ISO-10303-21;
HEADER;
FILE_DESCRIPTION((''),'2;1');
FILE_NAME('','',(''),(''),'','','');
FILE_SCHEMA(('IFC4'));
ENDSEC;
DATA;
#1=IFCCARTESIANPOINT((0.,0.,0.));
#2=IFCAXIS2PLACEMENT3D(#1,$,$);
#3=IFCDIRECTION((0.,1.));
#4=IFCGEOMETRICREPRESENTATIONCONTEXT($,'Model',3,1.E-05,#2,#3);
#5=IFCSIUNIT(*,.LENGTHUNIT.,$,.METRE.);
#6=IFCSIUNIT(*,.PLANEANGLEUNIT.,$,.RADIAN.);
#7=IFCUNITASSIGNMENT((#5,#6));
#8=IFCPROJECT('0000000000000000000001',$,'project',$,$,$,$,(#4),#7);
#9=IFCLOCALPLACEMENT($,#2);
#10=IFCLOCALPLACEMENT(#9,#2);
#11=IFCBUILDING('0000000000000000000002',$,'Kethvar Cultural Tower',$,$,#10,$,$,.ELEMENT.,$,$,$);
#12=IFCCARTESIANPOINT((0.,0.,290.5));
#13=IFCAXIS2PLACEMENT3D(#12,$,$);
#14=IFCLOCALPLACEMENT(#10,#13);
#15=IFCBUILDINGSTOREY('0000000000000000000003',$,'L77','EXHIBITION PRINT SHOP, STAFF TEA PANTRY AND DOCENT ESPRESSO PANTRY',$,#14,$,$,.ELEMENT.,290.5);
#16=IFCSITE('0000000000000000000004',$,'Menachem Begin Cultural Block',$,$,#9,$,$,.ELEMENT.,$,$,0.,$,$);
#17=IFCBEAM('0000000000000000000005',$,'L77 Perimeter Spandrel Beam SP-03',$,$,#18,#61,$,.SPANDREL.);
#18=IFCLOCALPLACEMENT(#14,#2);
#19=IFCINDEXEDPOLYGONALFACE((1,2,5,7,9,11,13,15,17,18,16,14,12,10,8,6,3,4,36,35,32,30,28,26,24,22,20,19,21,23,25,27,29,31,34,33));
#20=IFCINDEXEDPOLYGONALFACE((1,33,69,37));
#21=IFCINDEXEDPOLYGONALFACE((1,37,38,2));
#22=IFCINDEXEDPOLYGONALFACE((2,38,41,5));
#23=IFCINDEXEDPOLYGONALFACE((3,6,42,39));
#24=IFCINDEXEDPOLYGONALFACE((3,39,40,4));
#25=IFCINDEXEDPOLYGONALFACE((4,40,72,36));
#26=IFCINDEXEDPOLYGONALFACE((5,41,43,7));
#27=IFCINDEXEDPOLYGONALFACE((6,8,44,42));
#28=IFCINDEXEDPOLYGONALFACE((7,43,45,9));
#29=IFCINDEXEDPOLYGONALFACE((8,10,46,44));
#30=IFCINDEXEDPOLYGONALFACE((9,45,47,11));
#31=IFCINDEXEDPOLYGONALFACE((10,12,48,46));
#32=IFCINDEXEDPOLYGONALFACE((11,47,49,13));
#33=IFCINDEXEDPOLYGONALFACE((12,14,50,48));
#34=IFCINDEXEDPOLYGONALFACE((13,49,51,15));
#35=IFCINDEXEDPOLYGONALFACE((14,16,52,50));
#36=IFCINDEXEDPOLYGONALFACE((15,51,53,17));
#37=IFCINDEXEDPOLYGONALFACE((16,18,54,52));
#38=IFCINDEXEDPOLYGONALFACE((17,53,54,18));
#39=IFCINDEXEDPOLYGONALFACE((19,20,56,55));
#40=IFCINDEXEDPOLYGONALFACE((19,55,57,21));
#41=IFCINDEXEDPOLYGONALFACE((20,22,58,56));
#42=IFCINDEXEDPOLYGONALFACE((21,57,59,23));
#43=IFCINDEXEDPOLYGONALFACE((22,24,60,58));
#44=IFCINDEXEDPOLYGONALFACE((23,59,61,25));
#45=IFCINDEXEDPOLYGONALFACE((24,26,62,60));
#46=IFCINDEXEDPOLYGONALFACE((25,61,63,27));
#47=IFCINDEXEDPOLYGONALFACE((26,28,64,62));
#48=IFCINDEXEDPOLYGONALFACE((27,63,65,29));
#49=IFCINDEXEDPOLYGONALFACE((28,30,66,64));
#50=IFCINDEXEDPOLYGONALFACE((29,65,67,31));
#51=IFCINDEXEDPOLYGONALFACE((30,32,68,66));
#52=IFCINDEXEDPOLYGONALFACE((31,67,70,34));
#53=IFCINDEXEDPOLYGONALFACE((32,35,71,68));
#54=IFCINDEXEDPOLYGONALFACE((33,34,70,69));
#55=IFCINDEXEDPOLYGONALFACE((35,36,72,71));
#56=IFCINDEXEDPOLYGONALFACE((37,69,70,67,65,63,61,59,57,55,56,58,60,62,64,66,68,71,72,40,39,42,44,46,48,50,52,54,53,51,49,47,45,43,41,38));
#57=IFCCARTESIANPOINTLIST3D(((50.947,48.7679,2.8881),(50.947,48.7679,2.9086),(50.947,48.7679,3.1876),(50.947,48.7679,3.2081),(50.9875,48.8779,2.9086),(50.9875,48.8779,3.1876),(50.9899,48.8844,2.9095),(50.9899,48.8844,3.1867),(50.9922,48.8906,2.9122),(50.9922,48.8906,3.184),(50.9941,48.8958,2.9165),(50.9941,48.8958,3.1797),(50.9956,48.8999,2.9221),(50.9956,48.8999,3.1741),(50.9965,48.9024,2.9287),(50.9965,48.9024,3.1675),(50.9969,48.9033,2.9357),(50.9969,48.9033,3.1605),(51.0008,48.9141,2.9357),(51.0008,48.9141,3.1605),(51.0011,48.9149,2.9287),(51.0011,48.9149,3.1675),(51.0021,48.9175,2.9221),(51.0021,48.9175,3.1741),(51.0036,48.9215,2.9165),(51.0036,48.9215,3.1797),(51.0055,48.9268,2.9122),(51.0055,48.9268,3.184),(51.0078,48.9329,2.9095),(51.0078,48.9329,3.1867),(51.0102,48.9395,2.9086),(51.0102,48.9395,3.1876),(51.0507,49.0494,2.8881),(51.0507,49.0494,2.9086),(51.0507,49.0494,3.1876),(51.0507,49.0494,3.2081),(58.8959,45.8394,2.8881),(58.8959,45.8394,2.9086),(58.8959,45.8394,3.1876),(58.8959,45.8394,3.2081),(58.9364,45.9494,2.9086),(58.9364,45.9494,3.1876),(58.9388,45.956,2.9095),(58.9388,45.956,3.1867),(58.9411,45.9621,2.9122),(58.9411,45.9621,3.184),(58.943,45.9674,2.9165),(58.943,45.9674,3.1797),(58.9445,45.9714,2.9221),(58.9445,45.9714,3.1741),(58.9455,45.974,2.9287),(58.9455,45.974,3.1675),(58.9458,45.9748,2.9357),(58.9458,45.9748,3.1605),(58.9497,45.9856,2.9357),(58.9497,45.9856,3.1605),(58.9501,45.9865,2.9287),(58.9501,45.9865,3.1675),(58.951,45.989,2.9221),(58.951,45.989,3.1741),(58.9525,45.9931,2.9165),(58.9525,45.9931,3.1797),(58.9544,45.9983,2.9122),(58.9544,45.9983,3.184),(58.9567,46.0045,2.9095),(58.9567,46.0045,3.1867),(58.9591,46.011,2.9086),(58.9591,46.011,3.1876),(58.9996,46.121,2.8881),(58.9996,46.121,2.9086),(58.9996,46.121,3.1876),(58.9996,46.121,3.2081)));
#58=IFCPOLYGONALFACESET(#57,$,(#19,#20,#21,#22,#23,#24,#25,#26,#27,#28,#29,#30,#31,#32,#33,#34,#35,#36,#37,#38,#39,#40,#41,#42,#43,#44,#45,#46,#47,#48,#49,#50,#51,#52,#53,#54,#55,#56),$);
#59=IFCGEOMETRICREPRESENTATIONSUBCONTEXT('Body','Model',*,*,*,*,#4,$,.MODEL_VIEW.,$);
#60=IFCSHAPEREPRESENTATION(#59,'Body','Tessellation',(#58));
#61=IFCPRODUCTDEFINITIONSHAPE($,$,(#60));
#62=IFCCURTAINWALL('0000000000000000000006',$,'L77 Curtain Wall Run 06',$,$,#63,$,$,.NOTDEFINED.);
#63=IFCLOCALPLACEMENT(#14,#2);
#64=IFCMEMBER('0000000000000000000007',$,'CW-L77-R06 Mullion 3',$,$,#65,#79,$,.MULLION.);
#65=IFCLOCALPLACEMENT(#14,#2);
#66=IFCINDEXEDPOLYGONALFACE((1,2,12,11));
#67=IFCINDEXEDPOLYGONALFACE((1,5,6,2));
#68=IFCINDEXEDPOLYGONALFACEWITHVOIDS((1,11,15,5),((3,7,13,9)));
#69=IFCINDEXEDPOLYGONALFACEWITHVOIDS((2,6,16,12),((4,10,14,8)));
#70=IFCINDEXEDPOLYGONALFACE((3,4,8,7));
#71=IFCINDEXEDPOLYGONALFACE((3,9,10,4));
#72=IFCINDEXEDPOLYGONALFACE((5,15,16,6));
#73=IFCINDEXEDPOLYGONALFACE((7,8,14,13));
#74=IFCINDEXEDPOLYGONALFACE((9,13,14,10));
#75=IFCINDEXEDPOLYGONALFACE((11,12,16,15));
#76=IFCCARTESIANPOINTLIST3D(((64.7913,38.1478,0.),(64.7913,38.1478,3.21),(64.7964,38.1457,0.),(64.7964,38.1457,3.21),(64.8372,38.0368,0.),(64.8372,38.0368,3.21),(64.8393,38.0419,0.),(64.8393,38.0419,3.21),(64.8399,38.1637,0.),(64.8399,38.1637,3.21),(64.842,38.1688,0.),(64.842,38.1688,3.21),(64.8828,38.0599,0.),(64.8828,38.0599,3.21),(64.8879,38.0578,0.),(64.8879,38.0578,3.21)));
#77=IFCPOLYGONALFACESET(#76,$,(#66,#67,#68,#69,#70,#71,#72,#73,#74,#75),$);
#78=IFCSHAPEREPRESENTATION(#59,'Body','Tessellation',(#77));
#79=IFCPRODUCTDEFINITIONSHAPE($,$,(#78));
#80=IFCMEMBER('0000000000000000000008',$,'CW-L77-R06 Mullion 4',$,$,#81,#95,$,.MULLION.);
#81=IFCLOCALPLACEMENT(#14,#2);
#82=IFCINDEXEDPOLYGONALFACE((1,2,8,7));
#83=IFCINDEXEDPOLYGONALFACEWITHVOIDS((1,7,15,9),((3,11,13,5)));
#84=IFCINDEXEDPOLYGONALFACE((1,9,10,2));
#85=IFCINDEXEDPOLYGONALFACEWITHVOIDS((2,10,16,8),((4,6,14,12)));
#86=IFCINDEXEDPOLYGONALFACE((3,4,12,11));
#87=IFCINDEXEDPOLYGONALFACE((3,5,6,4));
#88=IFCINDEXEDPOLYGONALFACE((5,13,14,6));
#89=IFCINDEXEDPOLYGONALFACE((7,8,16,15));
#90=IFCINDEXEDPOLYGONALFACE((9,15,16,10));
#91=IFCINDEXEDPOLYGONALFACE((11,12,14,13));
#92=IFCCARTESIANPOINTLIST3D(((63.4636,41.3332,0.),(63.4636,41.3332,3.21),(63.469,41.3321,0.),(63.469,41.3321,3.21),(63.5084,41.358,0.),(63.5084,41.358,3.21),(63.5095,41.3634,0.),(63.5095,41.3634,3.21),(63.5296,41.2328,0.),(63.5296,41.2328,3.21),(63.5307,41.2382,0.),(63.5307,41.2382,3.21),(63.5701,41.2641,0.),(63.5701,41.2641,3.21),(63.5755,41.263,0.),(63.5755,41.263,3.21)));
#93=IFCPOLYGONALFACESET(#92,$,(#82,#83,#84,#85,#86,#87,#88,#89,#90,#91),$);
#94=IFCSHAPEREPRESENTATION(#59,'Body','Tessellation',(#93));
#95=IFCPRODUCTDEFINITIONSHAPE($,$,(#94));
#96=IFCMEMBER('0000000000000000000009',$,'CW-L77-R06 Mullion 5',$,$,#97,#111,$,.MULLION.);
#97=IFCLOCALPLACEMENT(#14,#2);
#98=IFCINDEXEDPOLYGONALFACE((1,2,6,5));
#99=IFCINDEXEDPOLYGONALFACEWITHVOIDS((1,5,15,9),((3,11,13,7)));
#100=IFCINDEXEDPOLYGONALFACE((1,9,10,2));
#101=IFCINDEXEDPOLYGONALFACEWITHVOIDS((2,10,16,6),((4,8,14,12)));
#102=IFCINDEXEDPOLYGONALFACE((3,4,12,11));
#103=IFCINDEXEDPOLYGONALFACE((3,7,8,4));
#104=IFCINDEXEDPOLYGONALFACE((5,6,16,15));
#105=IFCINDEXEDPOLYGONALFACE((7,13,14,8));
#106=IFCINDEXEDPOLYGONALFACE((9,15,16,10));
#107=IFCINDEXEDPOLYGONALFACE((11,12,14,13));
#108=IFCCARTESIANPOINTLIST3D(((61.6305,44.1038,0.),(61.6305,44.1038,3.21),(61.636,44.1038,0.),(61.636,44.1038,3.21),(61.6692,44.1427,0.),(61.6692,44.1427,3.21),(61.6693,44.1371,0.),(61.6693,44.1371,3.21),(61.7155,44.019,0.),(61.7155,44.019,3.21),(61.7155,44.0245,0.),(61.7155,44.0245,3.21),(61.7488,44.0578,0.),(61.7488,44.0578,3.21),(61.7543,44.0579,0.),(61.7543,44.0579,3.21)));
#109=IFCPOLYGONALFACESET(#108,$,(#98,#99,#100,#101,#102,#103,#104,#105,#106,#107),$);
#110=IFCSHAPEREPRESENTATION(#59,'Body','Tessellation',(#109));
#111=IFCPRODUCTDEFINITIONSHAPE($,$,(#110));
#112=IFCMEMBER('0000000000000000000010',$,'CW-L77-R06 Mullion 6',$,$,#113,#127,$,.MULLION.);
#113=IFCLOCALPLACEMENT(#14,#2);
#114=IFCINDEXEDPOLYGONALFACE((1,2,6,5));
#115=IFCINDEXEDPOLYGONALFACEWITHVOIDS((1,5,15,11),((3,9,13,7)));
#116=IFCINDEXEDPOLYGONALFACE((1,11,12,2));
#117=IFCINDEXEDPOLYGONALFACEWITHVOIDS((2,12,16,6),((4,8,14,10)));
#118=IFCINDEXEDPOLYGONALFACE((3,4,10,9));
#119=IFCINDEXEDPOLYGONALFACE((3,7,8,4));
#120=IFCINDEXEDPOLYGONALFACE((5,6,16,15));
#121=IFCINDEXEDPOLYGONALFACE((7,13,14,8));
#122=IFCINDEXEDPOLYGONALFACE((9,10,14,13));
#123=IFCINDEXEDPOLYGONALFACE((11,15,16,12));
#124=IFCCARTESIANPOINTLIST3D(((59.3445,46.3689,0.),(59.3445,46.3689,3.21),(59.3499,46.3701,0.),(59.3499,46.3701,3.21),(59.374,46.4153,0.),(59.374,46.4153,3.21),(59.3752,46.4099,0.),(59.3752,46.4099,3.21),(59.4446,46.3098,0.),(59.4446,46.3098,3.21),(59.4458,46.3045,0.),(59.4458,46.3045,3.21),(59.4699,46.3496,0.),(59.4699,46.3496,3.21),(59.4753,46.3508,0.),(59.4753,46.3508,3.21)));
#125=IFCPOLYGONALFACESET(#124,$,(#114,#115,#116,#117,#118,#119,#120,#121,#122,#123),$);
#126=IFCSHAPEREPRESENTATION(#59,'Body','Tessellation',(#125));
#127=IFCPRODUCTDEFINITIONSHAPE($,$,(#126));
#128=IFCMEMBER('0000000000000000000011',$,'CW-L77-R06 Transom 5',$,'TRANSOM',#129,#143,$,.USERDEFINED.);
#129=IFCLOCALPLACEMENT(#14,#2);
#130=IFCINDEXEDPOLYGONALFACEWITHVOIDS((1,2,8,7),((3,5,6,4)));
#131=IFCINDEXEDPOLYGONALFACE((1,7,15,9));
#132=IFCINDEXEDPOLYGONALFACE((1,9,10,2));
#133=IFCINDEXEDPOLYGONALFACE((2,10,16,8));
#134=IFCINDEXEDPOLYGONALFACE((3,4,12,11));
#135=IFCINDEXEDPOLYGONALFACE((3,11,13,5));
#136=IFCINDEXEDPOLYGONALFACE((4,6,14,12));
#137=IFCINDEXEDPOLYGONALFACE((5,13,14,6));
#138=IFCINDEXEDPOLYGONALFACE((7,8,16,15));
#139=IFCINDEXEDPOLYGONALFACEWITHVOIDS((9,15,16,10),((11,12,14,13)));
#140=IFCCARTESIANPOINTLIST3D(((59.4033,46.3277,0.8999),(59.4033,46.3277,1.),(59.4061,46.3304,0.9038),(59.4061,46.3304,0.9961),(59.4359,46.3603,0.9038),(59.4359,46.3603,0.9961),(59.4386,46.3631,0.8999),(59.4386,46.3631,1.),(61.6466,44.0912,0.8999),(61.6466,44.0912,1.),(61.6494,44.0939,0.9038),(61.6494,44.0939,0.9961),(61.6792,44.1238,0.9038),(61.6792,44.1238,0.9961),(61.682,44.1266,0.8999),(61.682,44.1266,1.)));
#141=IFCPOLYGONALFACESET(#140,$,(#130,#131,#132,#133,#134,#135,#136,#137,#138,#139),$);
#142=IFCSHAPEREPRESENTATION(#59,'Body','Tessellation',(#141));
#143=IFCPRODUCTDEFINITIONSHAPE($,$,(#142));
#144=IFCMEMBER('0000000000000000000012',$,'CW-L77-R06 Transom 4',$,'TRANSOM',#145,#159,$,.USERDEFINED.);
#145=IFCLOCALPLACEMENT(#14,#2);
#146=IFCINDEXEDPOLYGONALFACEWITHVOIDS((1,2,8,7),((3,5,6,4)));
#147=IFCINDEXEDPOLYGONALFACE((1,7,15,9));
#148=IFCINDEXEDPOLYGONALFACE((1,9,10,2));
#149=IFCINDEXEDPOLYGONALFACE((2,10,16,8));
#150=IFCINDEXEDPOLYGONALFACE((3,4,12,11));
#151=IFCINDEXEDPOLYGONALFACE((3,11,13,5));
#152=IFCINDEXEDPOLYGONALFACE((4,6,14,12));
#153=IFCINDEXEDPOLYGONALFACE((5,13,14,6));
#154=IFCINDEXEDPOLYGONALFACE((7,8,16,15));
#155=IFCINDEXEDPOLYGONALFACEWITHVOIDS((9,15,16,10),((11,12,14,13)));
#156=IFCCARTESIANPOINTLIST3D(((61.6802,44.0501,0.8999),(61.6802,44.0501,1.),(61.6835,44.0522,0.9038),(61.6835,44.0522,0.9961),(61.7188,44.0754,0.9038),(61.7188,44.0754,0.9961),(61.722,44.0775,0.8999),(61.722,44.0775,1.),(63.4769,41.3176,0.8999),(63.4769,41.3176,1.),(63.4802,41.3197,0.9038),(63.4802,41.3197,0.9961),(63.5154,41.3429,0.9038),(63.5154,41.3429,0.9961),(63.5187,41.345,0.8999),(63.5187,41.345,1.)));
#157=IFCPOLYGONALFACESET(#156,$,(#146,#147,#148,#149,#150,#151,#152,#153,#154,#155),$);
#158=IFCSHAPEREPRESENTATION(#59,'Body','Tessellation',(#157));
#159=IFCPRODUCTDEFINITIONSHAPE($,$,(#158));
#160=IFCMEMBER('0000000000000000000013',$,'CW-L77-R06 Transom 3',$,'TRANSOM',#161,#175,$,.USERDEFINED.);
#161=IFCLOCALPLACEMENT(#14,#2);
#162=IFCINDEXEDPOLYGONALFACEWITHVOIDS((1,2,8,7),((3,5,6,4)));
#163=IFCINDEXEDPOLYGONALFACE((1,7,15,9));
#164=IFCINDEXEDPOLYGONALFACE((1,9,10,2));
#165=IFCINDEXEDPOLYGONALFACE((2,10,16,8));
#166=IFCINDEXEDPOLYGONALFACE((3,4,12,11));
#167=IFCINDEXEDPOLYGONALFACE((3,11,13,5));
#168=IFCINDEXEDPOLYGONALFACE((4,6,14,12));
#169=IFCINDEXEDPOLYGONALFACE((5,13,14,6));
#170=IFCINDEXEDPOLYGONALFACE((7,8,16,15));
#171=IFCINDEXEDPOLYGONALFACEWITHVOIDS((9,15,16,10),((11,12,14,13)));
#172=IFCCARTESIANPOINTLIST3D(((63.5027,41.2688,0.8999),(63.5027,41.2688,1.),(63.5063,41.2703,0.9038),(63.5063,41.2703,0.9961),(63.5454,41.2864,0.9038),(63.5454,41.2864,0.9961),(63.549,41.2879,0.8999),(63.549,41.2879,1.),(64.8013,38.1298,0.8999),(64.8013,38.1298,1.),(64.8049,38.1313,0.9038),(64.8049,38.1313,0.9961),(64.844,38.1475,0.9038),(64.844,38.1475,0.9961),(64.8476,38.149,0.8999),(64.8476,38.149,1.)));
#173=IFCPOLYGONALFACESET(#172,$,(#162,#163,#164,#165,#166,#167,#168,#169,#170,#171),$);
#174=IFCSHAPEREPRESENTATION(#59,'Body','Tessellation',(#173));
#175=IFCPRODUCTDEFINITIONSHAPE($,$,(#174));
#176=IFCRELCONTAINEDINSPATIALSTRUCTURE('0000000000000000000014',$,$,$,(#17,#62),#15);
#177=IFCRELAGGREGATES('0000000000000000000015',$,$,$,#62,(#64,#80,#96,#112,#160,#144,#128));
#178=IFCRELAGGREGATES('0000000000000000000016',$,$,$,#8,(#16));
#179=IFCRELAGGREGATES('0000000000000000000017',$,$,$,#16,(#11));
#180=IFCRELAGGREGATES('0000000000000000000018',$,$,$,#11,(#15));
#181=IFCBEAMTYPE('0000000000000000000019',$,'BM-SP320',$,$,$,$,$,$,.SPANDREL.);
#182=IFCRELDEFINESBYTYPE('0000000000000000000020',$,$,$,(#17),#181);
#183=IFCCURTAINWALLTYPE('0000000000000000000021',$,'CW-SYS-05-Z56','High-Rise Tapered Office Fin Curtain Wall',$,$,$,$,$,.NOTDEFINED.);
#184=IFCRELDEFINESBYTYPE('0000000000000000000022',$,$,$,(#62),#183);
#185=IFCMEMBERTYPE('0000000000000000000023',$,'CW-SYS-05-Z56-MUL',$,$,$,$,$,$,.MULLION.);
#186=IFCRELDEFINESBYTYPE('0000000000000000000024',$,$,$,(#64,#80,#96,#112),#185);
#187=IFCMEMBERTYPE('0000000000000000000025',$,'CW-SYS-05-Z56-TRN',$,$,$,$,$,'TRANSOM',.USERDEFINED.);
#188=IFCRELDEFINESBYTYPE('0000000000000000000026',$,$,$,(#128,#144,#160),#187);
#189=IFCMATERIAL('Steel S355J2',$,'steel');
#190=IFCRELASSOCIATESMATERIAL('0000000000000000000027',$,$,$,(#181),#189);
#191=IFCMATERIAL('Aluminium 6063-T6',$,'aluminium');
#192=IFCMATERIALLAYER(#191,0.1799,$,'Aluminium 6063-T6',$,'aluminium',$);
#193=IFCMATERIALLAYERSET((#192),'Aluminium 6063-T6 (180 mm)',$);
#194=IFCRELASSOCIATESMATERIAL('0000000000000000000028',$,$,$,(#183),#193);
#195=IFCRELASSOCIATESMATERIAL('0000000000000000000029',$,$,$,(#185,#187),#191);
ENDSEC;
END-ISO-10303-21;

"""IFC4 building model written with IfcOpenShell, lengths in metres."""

from ifc_helpers import new_model, si_unit, direction, frame, origin, origin_2d, place, context, subcontext, project, spatial, hollow_rectangle, i_section, extrude, source, transform, mapped, material, layer, layer_set, material_profile, profile_set, type_object, element, aggregate, save


model = new_model("IFC4")

# Units and contexts
model_context = context("Model", 3, precision=1e-05, world=origin(), true_north=direction((0.0, 1.0)))
body_context = subcontext(model_context, "Body", "Model", "MODEL_VIEW")
ifc_project = project(units=[si_unit("LENGTHUNIT", "METRE"), si_unit("PLANEANGLEUNIT", "RADIAN")], contexts=[model_context])

# Site, building, storey
site_placement = place(None, origin())
site = spatial("IfcSite", under=ifc_project, at=site_placement, Name="Menachem Begin Cultural Block", CompositionType="ELEMENT", RefElevation=0.0)
building_placement = place(site_placement, origin())
building = spatial("IfcBuilding", under=site, at=building_placement, Name="Kethvar Cultural Tower", CompositionType="ELEMENT")
storey_placement = place(building_placement, frame((0.0, 0.0, 290.5)))
storey = spatial("IfcBuildingStorey", under=building, at=storey_placement, Name="L77", Description="EXHIBITION PRINT SHOP, STAFF TEA PANTRY AND DOCENT ESPRESSO PANTRY", CompositionType="ELEMENT", Elevation=290.5)

# Beam
ifc_material_1 = material(Name="Steel S355J2", Category="steel")
ifc_material_profile_1 = material_profile(ifc_material_1, i_section(OverallWidth=0.3, OverallDepth=0.3201, WebThickness=0.0115, FlangeThickness=0.0205, FilletRadius=0.0271, at=origin_2d()), Name="Steel S355J2 — HEB320")
ifc_profile_set_1 = profile_set([ifc_material_profile_1], Name="Steel S355J2 — HEB320")
beam_type_1 = type_object("IfcBeamType", Name="BM-SP320", PredefinedType="SPANDREL", material=ifc_profile_set_1)
shared_shape_1 = source(origin(), body_context, "Body", "SweptSolid", [
    extrude(i_section(OverallWidth=0.3, OverallDepth=0.3201, WebThickness=0.0115, FlangeThickness=0.0205, FilletRadius=0.0271, at=origin_2d()), origin(), (0.0, 0.0, 1.0), 8.4712),
])
beam_1_placement = place(storey_placement, frame((58.9478, 45.9802, 3.0481), z_axis=(-0.938347, 0.345695, 0.0), x_axis=(-0.345695, -0.938347, 0.0)))
element("IfcBeam", 1, at=beam_1_placement, inside=storey, type_object=beam_type_1, Name="L77 Perimeter Spandrel Beam SP-03", PredefinedType="SPANDREL", context=body_context, shape_type="MappedRepresentation", body=[
    mapped(shared_shape_1, transform((0.0, 0.0, 0.0), scale=1.0)),
])

# Curtain wall, members
ifc_material_2 = material(Name="Aluminium 6063-T6", Category="aluminium")
ifc_layer_1 = layer(ifc_material_2, 0.1799, Name="Aluminium 6063-T6", Category="aluminium")
ifc_layer_set_1 = layer_set([ifc_layer_1], Name="Aluminium 6063-T6 (180 mm)")
curtain_wall_type = type_object("IfcCurtainWallType", Name="CW-SYS-05-Z56", Description="High-Rise Tapered Office Fin Curtain Wall", PredefinedType="NOTDEFINED", material=ifc_layer_set_1)
curtain_wall_placement = place(storey_placement, origin())
curtain_wall = element("IfcCurtainWall", 2, at=curtain_wall_placement, inside=storey, type_object=curtain_wall_type, Name="L77 Curtain Wall Run 06", PredefinedType="NOTDEFINED")
ifc_material_profile_2 = material_profile(ifc_material_2, hollow_rectangle(XDim=0.0549, YDim=0.1201, WallThickness=0.0039, at=origin_2d()), Name="Aluminium 6063-T6 — RHS120x55x4")
ifc_profile_set_2 = profile_set([ifc_material_profile_2], Name="Aluminium 6063-T6 — RHS120x55x4")
member_type_1 = type_object("IfcMemberType", Name="CW-SYS-05-Z56-MUL", PredefinedType="MULLION", material=ifc_profile_set_2)
shared_shape_2 = source(origin(), body_context, "Body", "SweptSolid", [
    extrude(hollow_rectangle(XDim=0.0549, YDim=0.1201, WallThickness=0.0039, at=origin_2d()), origin(), (0.0, 0.0, 1.0), 3.21),
])
member_1_placement = place(storey_placement, frame((64.8396, 38.1028, 0.0), z_axis=(0.0, 0.0, 1.0), x_axis=(-0.924046, -0.38228, 0.0)))
member_1 = element("IfcMember", 3, at=member_1_placement, type_object=member_type_1, Name="CW-L77-R06 Mullion 3", PredefinedType="MULLION", context=body_context, shape_type="MappedRepresentation", body=[
    mapped(shared_shape_2, transform((0.0, 0.0, 0.0), scale=1.0)),
])
member_2_placement = place(storey_placement, frame((63.5195, 41.2981, 0.0), z_axis=(0.0, 0.0, 1.0), x_axis=(-0.835549, -0.549417, 0.0)))
member_2 = element("IfcMember", 4, at=member_2_placement, type_object=member_type_1, Name="CW-L77-R06 Mullion 4", PredefinedType="MULLION", context=body_context, shape_type="MappedRepresentation", body=[
    mapped(shared_shape_2, transform((0.0, 0.0, 0.0), scale=1.0)),
])
member_3_placement = place(storey_placement, frame((61.6924, 44.0808, 0.0), z_axis=(0.0, 0.0, 1.0), x_axis=(-0.706045, -0.708167, 0.0)))
member_3 = element("IfcMember", 5, at=member_3_placement, type_object=member_type_1, Name="CW-L77-R06 Mullion 5", PredefinedType="MULLION", context=body_context, shape_type="MappedRepresentation", body=[
    mapped(shared_shape_2, transform((0.0, 0.0, 0.0), scale=1.0)),
])
member_4_placement = place(storey_placement, frame((59.4099, 46.3599, 0.0), z_axis=(0.0, 0.0, 1.0), x_axis=(-0.536696, -0.843776, 0.0)))
member_4 = element("IfcMember", 6, at=member_4_placement, type_object=member_type_1, Name="CW-L77-R06 Mullion 6", PredefinedType="MULLION", context=body_context, shape_type="MappedRepresentation", body=[
    mapped(shared_shape_2, transform((0.0, 0.0, 0.0), scale=1.0)),
])
ifc_material_profile_3 = material_profile(ifc_material_2, hollow_rectangle(XDim=0.05, YDim=0.1001, WallThickness=0.0039, at=origin_2d()), Name="Aluminium 6063-T6 — RHS100x50x4")
ifc_profile_set_3 = profile_set([ifc_material_profile_3], Name="Aluminium 6063-T6 — RHS100x50x4")
member_type_2 = type_object("IfcMemberType", Name="CW-SYS-05-Z56-TRN", ElementType="TRANSOM", PredefinedType="USERDEFINED", material=ifc_profile_set_3)
shared_shape_3 = source(origin(), body_context, "Body", "SweptSolid", [
    extrude(hollow_rectangle(XDim=0.05, YDim=0.1001, WallThickness=0.0039, at=origin_2d()), origin(), (0.0, 0.0, 1.0), 3.1677),
])
member_5_placement = place(storey_placement, frame((61.6643, 44.1089, 0.95), z_axis=(-0.708185, 0.706027, 0.0), x_axis=(-0.706027, -0.708185, 0.0)))
member_5 = element("IfcMember", 7, at=member_5_placement, type_object=member_type_2, Name="CW-L77-R06 Transom 5", ObjectType="TRANSOM", PredefinedType="USERDEFINED", context=body_context, shape_type="MappedRepresentation", body=[
    mapped(shared_shape_3, transform((0.0, 0.0, 0.0), scale=1.0)),
])
shared_shape_4 = source(origin(), body_context, "Body", "SweptSolid", [
    extrude(hollow_rectangle(XDim=0.05, YDim=0.1001, WallThickness=0.0039, at=origin_2d()), origin(), (0.0, 0.0, 1.0), 3.2703),
])
member_6_placement = place(storey_placement, frame((63.4978, 41.3313, 0.95), z_axis=(-0.5494, 0.83556, 0.0), x_axis=(-0.83556, -0.5494, 0.0)))
member_6 = element("IfcMember", 8, at=member_6_placement, type_object=member_type_2, Name="CW-L77-R06 Transom 4", ObjectType="TRANSOM", PredefinedType="USERDEFINED", context=body_context, shape_type="MappedRepresentation", body=[
    mapped(shared_shape_4, transform((0.0, 0.0, 0.0), scale=1.0)),
])
shared_shape_5 = source(origin(), body_context, "Body", "SweptSolid", [
    extrude(hollow_rectangle(XDim=0.05, YDim=0.1001, WallThickness=0.0039, at=origin_2d()), origin(), (0.0, 0.0, 1.0), 3.397),
])
member_7_placement = place(storey_placement, frame((64.8245, 38.1394, 0.95), z_axis=(-0.382282, 0.924046, 0.0), x_axis=(-0.924046, -0.382282, 0.0)))
member_7 = element("IfcMember", 9, at=member_7_placement, type_object=member_type_2, Name="CW-L77-R06 Transom 3", ObjectType="TRANSOM", PredefinedType="USERDEFINED", context=body_context, shape_type="MappedRepresentation", body=[
    mapped(shared_shape_5, transform((0.0, 0.0, 0.0), scale=1.0)),
])
aggregate(curtain_wall, [member_1, member_2, member_3, member_4, member_7, member_6, member_5])

save(model, "model.ifc")
